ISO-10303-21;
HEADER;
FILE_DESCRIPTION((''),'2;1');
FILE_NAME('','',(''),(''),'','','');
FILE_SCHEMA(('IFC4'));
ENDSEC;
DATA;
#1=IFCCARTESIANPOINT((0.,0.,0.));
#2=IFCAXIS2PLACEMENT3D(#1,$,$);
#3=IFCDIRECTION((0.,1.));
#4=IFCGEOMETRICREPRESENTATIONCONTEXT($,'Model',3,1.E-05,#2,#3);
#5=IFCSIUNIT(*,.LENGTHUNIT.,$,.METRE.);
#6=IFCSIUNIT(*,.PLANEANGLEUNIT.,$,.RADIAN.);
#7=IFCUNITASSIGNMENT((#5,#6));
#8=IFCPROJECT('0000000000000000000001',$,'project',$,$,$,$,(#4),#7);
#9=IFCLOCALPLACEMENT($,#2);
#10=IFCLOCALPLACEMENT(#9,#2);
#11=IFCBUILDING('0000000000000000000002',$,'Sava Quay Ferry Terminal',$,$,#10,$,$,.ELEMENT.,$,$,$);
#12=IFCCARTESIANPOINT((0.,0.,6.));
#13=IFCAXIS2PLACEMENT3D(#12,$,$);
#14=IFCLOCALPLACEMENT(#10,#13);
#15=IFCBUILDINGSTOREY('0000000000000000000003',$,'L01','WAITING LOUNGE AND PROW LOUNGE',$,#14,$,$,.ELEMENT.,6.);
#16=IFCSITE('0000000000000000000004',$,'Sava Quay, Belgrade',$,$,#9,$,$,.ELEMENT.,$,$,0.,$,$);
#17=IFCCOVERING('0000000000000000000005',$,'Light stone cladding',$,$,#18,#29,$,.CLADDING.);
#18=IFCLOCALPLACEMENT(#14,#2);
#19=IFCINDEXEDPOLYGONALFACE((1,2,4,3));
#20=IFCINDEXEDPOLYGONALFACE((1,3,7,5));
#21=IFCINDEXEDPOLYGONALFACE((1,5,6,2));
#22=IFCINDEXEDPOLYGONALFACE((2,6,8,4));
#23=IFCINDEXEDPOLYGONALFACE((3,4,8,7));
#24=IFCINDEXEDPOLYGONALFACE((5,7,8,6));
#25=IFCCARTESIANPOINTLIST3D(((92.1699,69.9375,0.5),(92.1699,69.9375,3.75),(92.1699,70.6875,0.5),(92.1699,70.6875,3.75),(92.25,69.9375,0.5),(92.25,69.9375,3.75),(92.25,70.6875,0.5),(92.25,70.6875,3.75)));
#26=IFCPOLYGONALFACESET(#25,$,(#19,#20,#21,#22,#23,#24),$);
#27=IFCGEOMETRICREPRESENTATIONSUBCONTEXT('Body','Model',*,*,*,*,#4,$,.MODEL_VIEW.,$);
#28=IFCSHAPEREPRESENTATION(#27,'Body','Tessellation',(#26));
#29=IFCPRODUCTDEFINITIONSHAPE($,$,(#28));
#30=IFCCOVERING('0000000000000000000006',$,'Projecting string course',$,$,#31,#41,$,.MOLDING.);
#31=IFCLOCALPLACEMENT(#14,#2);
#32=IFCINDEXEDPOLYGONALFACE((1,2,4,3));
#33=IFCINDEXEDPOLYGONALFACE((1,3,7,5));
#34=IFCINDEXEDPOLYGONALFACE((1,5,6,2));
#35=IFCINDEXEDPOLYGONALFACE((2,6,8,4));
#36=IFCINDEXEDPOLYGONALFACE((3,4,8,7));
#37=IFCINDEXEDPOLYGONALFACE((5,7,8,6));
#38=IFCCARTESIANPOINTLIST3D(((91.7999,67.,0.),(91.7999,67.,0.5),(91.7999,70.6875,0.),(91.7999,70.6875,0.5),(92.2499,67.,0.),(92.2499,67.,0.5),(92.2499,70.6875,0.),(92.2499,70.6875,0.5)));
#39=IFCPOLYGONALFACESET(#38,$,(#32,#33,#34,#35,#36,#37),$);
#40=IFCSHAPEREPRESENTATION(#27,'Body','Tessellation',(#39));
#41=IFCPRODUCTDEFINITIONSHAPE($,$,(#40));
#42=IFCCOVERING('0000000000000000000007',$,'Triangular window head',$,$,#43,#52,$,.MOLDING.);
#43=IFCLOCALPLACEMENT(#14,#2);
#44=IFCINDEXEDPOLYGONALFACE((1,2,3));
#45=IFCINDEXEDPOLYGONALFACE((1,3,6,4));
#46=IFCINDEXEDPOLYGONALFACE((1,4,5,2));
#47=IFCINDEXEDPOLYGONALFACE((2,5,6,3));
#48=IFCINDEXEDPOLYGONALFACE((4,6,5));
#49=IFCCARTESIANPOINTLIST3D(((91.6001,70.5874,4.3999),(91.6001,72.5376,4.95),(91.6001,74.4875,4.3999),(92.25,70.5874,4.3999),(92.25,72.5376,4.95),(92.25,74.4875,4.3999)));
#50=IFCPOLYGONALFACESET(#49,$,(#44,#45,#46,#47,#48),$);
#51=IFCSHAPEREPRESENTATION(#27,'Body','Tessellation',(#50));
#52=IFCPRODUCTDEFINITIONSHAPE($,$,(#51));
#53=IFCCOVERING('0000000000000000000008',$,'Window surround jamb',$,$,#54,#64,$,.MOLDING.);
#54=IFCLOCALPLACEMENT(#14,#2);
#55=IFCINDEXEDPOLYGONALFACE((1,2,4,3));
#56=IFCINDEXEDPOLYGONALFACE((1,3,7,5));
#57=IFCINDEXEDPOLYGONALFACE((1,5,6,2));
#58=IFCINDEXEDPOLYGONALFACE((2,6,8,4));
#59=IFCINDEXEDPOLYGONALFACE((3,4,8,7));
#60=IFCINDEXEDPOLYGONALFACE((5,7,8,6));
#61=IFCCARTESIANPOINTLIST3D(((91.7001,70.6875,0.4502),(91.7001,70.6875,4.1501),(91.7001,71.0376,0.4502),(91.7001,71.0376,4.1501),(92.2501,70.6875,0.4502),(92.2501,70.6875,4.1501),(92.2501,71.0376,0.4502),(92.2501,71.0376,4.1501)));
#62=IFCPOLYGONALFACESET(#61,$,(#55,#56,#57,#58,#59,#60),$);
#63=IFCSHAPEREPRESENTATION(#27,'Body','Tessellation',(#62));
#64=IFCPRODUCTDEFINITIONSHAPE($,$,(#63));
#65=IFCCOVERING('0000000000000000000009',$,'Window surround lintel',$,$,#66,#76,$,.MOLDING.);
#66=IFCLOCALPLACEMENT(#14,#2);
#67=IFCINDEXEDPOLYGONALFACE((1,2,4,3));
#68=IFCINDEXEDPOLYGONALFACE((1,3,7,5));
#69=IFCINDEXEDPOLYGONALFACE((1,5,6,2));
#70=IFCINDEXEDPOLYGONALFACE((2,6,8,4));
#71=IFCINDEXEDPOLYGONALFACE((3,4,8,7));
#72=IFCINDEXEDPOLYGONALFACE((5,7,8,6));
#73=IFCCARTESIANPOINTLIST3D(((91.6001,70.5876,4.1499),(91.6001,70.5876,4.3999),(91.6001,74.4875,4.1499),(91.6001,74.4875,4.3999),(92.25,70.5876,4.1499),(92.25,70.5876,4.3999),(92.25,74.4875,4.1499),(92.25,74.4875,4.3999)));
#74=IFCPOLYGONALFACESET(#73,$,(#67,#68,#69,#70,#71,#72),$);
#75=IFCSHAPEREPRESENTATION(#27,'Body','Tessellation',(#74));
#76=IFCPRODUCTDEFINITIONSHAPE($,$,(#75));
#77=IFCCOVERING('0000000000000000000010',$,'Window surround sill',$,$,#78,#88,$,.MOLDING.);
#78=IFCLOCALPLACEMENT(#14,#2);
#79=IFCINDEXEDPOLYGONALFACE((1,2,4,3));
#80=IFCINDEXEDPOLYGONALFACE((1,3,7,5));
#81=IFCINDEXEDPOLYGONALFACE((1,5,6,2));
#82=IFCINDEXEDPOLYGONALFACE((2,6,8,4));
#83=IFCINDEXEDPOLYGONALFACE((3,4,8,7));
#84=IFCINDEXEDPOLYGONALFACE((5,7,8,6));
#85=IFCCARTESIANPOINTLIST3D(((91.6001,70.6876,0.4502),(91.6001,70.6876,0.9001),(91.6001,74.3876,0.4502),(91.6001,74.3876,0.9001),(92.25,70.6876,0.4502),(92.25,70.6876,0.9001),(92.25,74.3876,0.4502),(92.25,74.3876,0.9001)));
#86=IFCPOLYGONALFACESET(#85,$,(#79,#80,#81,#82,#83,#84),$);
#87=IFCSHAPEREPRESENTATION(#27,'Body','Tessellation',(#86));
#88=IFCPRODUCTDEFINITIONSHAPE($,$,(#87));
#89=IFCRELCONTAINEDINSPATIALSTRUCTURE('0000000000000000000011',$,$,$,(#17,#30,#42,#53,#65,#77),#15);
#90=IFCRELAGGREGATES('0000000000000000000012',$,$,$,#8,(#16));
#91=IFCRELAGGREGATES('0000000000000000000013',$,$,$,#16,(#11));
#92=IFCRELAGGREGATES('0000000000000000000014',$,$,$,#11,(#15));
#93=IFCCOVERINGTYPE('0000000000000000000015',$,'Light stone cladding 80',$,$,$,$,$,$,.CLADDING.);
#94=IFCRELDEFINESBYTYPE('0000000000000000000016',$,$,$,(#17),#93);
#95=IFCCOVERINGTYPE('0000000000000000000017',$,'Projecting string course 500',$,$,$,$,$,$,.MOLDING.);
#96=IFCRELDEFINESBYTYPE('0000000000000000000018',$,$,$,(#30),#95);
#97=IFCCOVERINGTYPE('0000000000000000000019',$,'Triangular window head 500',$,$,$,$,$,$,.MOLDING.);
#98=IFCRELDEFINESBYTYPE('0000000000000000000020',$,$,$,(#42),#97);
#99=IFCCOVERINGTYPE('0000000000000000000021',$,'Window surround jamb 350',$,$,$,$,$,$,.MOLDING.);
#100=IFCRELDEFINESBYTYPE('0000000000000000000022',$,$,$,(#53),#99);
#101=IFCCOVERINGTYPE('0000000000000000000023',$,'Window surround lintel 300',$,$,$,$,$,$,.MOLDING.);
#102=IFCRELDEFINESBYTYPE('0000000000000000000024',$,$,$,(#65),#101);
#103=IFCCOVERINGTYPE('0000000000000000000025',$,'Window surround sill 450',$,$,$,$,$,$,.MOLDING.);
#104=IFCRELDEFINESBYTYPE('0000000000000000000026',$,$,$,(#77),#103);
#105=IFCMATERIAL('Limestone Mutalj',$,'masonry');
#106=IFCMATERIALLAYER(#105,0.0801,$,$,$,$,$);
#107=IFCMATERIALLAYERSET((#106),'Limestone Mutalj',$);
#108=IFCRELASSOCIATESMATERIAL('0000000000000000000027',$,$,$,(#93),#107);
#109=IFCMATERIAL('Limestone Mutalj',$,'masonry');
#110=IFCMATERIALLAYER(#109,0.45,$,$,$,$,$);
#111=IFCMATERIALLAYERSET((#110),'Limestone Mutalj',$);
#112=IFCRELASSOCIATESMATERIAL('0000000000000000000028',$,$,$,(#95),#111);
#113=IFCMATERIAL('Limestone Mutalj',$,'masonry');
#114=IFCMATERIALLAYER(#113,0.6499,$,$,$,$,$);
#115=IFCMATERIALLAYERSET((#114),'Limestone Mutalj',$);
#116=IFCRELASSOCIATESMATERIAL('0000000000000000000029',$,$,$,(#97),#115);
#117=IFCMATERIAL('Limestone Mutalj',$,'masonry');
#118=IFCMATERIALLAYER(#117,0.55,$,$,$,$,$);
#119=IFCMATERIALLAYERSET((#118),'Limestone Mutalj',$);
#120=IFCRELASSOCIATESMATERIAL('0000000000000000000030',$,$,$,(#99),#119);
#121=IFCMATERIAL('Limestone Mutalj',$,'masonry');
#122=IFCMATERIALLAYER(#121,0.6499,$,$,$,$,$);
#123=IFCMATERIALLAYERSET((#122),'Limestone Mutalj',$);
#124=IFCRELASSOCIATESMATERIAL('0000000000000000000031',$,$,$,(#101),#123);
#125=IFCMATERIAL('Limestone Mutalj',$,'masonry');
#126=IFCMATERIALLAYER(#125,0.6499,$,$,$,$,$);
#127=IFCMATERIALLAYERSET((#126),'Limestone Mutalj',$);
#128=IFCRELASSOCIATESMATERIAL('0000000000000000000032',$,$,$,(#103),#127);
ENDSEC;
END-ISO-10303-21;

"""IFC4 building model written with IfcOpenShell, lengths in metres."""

from ifc_helpers import new_model, si_unit, direction, frame, origin, origin_2d, place, context, subcontext, project, spatial, polyline, rectangle, outline, extrude, material, layer, layer_set, type_object, element, save


model = new_model("IFC4")

# Units and contexts
model_context = context("Model", 3, precision=1e-05, world=origin(), true_north=direction((0.0, 1.0)))
body_context = subcontext(model_context, "Body", "Model", "MODEL_VIEW")
ifc_project = project(units=[si_unit("LENGTHUNIT", "METRE"), si_unit("PLANEANGLEUNIT", "RADIAN")], contexts=[model_context])

# Site, building, storey
site_placement = place(None, origin())
site = spatial("IfcSite", under=ifc_project, at=site_placement, Name="Sava Quay, Belgrade", CompositionType="ELEMENT", RefElevation=0.0)
building_placement = place(site_placement, origin())
building = spatial("IfcBuilding", under=site, at=building_placement, Name="Sava Quay Ferry Terminal", CompositionType="ELEMENT")
storey_placement = place(building_placement, frame((0.0, 0.0, 6.0)))
storey = spatial("IfcBuildingStorey", under=building, at=storey_placement, Name="L01", Description="WAITING LOUNGE AND PROW LOUNGE", CompositionType="ELEMENT", Elevation=6.0)

# Coverings
ifc_material_1 = material(Name="Limestone Mutalj", Category="masonry")
ifc_layer_1 = layer(ifc_material_1, 0.0801)
ifc_layer_set_1 = layer_set([ifc_layer_1], Name="Limestone Mutalj")
covering_type_1 = type_object("IfcCoveringType", Name="Light stone cladding 80", PredefinedType="CLADDING", material=ifc_layer_set_1)
covering_1_placement = place(storey_placement, frame((92.21, 70.3125, 0.5), z_axis=(0.0, 0.0, 1.0), x_axis=(1.0, 0.0, 0.0)))
element("IfcCovering", 1, at=covering_1_placement, inside=storey, type_object=covering_type_1, Name="Light stone cladding", PredefinedType="CLADDING", context=body_context, shape_type="SweptSolid", body=[
    extrude(rectangle(XDim=0.0801, YDim=0.75, at=origin_2d()), origin(), (0.0, 0.0, 1.0), 3.25),
])
ifc_material_2 = material(Name="Limestone Mutalj", Category="masonry")
ifc_layer_2 = layer(ifc_material_2, 0.45)
ifc_layer_set_2 = layer_set([ifc_layer_2], Name="Limestone Mutalj")
covering_type_2 = type_object("IfcCoveringType", Name="Projecting string course 500", PredefinedType="MOLDING", material=ifc_layer_set_2)
covering_2_placement = place(storey_placement, frame((92.0249, 68.8438, 0.0), z_axis=(0.0, 0.0, 1.0), x_axis=(1.0, 0.0, 0.0)))
element("IfcCovering", 2, at=covering_2_placement, inside=storey, type_object=covering_type_2, Name="Projecting string course", PredefinedType="MOLDING", context=body_context, shape_type="SweptSolid", body=[
    extrude(rectangle(XDim=0.45, YDim=3.6875, at=origin_2d()), origin(), (0.0, 0.0, 1.0), 0.5),
])

# Coverings
ifc_material_3 = material(Name="Limestone Mutalj", Category="masonry")
ifc_layer_3 = layer(ifc_material_3, 0.6499)
ifc_layer_set_3 = layer_set([ifc_layer_3], Name="Limestone Mutalj")
covering_type_3 = type_object("IfcCoveringType", Name="Triangular window head 500", PredefinedType="MOLDING", material=ifc_layer_set_3)
covering_3_placement = place(storey_placement, frame((92.25, 70.5874, 4.3999), z_axis=(1.0, 0.0, 0.0), x_axis=(0.0, 1.0, 0.0)))
element("IfcCovering", 3, at=covering_3_placement, inside=storey, type_object=covering_type_3, Name="Triangular window head", PredefinedType="MOLDING", context=body_context, shape_type="SweptSolid", body=[
    extrude(outline(polyline([(0.0, 0.0), (3.9001, 0.0), (1.9502, 0.55), (0.0, 0.0)])), origin(), (0.0, 0.0, -1.0), 0.6499),
])
ifc_material_4 = material(Name="Limestone Mutalj", Category="masonry")
ifc_layer_4 = layer(ifc_material_4, 0.55)
ifc_layer_set_4 = layer_set([ifc_layer_4], Name="Limestone Mutalj")
covering_type_4 = type_object("IfcCoveringType", Name="Window surround jamb 350", PredefinedType="MOLDING", material=ifc_layer_set_4)
covering_4_placement = place(storey_placement, frame((91.9751, 70.8625, 0.4502), z_axis=(0.0, 0.0, 1.0), x_axis=(1.0, 0.0, 0.0)))
element("IfcCovering", 4, at=covering_4_placement, inside=storey, type_object=covering_type_4, Name="Window surround jamb", PredefinedType="MOLDING", context=body_context, shape_type="SweptSolid", body=[
    extrude(rectangle(XDim=0.55, YDim=0.3501, at=origin_2d()), origin(), (0.0, 0.0, 1.0), 3.7),
])
ifc_material_5 = material(Name="Limestone Mutalj", Category="masonry")
ifc_layer_5 = layer(ifc_material_5, 0.6499)
ifc_layer_set_5 = layer_set([ifc_layer_5], Name="Limestone Mutalj")
covering_type_5 = type_object("IfcCoveringType", Name="Window surround lintel 300", PredefinedType="MOLDING", material=ifc_layer_set_5)
covering_5_placement = place(storey_placement, frame((91.925, 72.5376, 4.1499), z_axis=(0.0, 0.0, 1.0), x_axis=(1.0, 0.0, 0.0)))
element("IfcCovering", 5, at=covering_5_placement, inside=storey, type_object=covering_type_5, Name="Window surround lintel", PredefinedType="MOLDING", context=body_context, shape_type="SweptSolid", body=[
    extrude(rectangle(XDim=0.6499, YDim=3.8999, at=origin_2d()), origin(), (0.0, 0.0, 1.0), 0.25),
])
ifc_material_6 = material(Name="Limestone Mutalj", Category="masonry")
ifc_layer_6 = layer(ifc_material_6, 0.6499)
ifc_layer_set_6 = layer_set([ifc_layer_6], Name="Limestone Mutalj")
covering_type_6 = type_object("IfcCoveringType", Name="Window surround sill 450", PredefinedType="MOLDING", material=ifc_layer_set_6)
covering_6_placement = place(storey_placement, frame((91.925, 72.5376, 0.4502), z_axis=(0.0, 0.0, 1.0), x_axis=(1.0, 0.0, 0.0)))
element("IfcCovering", 6, at=covering_6_placement, inside=storey, type_object=covering_type_6, Name="Window surround sill", PredefinedType="MOLDING", context=body_context, shape_type="SweptSolid", body=[
    extrude(rectangle(XDim=0.6499, YDim=3.7, at=origin_2d()), origin(), (0.0, 0.0, 1.0), 0.45),
])

save(model, "model.ifc")
